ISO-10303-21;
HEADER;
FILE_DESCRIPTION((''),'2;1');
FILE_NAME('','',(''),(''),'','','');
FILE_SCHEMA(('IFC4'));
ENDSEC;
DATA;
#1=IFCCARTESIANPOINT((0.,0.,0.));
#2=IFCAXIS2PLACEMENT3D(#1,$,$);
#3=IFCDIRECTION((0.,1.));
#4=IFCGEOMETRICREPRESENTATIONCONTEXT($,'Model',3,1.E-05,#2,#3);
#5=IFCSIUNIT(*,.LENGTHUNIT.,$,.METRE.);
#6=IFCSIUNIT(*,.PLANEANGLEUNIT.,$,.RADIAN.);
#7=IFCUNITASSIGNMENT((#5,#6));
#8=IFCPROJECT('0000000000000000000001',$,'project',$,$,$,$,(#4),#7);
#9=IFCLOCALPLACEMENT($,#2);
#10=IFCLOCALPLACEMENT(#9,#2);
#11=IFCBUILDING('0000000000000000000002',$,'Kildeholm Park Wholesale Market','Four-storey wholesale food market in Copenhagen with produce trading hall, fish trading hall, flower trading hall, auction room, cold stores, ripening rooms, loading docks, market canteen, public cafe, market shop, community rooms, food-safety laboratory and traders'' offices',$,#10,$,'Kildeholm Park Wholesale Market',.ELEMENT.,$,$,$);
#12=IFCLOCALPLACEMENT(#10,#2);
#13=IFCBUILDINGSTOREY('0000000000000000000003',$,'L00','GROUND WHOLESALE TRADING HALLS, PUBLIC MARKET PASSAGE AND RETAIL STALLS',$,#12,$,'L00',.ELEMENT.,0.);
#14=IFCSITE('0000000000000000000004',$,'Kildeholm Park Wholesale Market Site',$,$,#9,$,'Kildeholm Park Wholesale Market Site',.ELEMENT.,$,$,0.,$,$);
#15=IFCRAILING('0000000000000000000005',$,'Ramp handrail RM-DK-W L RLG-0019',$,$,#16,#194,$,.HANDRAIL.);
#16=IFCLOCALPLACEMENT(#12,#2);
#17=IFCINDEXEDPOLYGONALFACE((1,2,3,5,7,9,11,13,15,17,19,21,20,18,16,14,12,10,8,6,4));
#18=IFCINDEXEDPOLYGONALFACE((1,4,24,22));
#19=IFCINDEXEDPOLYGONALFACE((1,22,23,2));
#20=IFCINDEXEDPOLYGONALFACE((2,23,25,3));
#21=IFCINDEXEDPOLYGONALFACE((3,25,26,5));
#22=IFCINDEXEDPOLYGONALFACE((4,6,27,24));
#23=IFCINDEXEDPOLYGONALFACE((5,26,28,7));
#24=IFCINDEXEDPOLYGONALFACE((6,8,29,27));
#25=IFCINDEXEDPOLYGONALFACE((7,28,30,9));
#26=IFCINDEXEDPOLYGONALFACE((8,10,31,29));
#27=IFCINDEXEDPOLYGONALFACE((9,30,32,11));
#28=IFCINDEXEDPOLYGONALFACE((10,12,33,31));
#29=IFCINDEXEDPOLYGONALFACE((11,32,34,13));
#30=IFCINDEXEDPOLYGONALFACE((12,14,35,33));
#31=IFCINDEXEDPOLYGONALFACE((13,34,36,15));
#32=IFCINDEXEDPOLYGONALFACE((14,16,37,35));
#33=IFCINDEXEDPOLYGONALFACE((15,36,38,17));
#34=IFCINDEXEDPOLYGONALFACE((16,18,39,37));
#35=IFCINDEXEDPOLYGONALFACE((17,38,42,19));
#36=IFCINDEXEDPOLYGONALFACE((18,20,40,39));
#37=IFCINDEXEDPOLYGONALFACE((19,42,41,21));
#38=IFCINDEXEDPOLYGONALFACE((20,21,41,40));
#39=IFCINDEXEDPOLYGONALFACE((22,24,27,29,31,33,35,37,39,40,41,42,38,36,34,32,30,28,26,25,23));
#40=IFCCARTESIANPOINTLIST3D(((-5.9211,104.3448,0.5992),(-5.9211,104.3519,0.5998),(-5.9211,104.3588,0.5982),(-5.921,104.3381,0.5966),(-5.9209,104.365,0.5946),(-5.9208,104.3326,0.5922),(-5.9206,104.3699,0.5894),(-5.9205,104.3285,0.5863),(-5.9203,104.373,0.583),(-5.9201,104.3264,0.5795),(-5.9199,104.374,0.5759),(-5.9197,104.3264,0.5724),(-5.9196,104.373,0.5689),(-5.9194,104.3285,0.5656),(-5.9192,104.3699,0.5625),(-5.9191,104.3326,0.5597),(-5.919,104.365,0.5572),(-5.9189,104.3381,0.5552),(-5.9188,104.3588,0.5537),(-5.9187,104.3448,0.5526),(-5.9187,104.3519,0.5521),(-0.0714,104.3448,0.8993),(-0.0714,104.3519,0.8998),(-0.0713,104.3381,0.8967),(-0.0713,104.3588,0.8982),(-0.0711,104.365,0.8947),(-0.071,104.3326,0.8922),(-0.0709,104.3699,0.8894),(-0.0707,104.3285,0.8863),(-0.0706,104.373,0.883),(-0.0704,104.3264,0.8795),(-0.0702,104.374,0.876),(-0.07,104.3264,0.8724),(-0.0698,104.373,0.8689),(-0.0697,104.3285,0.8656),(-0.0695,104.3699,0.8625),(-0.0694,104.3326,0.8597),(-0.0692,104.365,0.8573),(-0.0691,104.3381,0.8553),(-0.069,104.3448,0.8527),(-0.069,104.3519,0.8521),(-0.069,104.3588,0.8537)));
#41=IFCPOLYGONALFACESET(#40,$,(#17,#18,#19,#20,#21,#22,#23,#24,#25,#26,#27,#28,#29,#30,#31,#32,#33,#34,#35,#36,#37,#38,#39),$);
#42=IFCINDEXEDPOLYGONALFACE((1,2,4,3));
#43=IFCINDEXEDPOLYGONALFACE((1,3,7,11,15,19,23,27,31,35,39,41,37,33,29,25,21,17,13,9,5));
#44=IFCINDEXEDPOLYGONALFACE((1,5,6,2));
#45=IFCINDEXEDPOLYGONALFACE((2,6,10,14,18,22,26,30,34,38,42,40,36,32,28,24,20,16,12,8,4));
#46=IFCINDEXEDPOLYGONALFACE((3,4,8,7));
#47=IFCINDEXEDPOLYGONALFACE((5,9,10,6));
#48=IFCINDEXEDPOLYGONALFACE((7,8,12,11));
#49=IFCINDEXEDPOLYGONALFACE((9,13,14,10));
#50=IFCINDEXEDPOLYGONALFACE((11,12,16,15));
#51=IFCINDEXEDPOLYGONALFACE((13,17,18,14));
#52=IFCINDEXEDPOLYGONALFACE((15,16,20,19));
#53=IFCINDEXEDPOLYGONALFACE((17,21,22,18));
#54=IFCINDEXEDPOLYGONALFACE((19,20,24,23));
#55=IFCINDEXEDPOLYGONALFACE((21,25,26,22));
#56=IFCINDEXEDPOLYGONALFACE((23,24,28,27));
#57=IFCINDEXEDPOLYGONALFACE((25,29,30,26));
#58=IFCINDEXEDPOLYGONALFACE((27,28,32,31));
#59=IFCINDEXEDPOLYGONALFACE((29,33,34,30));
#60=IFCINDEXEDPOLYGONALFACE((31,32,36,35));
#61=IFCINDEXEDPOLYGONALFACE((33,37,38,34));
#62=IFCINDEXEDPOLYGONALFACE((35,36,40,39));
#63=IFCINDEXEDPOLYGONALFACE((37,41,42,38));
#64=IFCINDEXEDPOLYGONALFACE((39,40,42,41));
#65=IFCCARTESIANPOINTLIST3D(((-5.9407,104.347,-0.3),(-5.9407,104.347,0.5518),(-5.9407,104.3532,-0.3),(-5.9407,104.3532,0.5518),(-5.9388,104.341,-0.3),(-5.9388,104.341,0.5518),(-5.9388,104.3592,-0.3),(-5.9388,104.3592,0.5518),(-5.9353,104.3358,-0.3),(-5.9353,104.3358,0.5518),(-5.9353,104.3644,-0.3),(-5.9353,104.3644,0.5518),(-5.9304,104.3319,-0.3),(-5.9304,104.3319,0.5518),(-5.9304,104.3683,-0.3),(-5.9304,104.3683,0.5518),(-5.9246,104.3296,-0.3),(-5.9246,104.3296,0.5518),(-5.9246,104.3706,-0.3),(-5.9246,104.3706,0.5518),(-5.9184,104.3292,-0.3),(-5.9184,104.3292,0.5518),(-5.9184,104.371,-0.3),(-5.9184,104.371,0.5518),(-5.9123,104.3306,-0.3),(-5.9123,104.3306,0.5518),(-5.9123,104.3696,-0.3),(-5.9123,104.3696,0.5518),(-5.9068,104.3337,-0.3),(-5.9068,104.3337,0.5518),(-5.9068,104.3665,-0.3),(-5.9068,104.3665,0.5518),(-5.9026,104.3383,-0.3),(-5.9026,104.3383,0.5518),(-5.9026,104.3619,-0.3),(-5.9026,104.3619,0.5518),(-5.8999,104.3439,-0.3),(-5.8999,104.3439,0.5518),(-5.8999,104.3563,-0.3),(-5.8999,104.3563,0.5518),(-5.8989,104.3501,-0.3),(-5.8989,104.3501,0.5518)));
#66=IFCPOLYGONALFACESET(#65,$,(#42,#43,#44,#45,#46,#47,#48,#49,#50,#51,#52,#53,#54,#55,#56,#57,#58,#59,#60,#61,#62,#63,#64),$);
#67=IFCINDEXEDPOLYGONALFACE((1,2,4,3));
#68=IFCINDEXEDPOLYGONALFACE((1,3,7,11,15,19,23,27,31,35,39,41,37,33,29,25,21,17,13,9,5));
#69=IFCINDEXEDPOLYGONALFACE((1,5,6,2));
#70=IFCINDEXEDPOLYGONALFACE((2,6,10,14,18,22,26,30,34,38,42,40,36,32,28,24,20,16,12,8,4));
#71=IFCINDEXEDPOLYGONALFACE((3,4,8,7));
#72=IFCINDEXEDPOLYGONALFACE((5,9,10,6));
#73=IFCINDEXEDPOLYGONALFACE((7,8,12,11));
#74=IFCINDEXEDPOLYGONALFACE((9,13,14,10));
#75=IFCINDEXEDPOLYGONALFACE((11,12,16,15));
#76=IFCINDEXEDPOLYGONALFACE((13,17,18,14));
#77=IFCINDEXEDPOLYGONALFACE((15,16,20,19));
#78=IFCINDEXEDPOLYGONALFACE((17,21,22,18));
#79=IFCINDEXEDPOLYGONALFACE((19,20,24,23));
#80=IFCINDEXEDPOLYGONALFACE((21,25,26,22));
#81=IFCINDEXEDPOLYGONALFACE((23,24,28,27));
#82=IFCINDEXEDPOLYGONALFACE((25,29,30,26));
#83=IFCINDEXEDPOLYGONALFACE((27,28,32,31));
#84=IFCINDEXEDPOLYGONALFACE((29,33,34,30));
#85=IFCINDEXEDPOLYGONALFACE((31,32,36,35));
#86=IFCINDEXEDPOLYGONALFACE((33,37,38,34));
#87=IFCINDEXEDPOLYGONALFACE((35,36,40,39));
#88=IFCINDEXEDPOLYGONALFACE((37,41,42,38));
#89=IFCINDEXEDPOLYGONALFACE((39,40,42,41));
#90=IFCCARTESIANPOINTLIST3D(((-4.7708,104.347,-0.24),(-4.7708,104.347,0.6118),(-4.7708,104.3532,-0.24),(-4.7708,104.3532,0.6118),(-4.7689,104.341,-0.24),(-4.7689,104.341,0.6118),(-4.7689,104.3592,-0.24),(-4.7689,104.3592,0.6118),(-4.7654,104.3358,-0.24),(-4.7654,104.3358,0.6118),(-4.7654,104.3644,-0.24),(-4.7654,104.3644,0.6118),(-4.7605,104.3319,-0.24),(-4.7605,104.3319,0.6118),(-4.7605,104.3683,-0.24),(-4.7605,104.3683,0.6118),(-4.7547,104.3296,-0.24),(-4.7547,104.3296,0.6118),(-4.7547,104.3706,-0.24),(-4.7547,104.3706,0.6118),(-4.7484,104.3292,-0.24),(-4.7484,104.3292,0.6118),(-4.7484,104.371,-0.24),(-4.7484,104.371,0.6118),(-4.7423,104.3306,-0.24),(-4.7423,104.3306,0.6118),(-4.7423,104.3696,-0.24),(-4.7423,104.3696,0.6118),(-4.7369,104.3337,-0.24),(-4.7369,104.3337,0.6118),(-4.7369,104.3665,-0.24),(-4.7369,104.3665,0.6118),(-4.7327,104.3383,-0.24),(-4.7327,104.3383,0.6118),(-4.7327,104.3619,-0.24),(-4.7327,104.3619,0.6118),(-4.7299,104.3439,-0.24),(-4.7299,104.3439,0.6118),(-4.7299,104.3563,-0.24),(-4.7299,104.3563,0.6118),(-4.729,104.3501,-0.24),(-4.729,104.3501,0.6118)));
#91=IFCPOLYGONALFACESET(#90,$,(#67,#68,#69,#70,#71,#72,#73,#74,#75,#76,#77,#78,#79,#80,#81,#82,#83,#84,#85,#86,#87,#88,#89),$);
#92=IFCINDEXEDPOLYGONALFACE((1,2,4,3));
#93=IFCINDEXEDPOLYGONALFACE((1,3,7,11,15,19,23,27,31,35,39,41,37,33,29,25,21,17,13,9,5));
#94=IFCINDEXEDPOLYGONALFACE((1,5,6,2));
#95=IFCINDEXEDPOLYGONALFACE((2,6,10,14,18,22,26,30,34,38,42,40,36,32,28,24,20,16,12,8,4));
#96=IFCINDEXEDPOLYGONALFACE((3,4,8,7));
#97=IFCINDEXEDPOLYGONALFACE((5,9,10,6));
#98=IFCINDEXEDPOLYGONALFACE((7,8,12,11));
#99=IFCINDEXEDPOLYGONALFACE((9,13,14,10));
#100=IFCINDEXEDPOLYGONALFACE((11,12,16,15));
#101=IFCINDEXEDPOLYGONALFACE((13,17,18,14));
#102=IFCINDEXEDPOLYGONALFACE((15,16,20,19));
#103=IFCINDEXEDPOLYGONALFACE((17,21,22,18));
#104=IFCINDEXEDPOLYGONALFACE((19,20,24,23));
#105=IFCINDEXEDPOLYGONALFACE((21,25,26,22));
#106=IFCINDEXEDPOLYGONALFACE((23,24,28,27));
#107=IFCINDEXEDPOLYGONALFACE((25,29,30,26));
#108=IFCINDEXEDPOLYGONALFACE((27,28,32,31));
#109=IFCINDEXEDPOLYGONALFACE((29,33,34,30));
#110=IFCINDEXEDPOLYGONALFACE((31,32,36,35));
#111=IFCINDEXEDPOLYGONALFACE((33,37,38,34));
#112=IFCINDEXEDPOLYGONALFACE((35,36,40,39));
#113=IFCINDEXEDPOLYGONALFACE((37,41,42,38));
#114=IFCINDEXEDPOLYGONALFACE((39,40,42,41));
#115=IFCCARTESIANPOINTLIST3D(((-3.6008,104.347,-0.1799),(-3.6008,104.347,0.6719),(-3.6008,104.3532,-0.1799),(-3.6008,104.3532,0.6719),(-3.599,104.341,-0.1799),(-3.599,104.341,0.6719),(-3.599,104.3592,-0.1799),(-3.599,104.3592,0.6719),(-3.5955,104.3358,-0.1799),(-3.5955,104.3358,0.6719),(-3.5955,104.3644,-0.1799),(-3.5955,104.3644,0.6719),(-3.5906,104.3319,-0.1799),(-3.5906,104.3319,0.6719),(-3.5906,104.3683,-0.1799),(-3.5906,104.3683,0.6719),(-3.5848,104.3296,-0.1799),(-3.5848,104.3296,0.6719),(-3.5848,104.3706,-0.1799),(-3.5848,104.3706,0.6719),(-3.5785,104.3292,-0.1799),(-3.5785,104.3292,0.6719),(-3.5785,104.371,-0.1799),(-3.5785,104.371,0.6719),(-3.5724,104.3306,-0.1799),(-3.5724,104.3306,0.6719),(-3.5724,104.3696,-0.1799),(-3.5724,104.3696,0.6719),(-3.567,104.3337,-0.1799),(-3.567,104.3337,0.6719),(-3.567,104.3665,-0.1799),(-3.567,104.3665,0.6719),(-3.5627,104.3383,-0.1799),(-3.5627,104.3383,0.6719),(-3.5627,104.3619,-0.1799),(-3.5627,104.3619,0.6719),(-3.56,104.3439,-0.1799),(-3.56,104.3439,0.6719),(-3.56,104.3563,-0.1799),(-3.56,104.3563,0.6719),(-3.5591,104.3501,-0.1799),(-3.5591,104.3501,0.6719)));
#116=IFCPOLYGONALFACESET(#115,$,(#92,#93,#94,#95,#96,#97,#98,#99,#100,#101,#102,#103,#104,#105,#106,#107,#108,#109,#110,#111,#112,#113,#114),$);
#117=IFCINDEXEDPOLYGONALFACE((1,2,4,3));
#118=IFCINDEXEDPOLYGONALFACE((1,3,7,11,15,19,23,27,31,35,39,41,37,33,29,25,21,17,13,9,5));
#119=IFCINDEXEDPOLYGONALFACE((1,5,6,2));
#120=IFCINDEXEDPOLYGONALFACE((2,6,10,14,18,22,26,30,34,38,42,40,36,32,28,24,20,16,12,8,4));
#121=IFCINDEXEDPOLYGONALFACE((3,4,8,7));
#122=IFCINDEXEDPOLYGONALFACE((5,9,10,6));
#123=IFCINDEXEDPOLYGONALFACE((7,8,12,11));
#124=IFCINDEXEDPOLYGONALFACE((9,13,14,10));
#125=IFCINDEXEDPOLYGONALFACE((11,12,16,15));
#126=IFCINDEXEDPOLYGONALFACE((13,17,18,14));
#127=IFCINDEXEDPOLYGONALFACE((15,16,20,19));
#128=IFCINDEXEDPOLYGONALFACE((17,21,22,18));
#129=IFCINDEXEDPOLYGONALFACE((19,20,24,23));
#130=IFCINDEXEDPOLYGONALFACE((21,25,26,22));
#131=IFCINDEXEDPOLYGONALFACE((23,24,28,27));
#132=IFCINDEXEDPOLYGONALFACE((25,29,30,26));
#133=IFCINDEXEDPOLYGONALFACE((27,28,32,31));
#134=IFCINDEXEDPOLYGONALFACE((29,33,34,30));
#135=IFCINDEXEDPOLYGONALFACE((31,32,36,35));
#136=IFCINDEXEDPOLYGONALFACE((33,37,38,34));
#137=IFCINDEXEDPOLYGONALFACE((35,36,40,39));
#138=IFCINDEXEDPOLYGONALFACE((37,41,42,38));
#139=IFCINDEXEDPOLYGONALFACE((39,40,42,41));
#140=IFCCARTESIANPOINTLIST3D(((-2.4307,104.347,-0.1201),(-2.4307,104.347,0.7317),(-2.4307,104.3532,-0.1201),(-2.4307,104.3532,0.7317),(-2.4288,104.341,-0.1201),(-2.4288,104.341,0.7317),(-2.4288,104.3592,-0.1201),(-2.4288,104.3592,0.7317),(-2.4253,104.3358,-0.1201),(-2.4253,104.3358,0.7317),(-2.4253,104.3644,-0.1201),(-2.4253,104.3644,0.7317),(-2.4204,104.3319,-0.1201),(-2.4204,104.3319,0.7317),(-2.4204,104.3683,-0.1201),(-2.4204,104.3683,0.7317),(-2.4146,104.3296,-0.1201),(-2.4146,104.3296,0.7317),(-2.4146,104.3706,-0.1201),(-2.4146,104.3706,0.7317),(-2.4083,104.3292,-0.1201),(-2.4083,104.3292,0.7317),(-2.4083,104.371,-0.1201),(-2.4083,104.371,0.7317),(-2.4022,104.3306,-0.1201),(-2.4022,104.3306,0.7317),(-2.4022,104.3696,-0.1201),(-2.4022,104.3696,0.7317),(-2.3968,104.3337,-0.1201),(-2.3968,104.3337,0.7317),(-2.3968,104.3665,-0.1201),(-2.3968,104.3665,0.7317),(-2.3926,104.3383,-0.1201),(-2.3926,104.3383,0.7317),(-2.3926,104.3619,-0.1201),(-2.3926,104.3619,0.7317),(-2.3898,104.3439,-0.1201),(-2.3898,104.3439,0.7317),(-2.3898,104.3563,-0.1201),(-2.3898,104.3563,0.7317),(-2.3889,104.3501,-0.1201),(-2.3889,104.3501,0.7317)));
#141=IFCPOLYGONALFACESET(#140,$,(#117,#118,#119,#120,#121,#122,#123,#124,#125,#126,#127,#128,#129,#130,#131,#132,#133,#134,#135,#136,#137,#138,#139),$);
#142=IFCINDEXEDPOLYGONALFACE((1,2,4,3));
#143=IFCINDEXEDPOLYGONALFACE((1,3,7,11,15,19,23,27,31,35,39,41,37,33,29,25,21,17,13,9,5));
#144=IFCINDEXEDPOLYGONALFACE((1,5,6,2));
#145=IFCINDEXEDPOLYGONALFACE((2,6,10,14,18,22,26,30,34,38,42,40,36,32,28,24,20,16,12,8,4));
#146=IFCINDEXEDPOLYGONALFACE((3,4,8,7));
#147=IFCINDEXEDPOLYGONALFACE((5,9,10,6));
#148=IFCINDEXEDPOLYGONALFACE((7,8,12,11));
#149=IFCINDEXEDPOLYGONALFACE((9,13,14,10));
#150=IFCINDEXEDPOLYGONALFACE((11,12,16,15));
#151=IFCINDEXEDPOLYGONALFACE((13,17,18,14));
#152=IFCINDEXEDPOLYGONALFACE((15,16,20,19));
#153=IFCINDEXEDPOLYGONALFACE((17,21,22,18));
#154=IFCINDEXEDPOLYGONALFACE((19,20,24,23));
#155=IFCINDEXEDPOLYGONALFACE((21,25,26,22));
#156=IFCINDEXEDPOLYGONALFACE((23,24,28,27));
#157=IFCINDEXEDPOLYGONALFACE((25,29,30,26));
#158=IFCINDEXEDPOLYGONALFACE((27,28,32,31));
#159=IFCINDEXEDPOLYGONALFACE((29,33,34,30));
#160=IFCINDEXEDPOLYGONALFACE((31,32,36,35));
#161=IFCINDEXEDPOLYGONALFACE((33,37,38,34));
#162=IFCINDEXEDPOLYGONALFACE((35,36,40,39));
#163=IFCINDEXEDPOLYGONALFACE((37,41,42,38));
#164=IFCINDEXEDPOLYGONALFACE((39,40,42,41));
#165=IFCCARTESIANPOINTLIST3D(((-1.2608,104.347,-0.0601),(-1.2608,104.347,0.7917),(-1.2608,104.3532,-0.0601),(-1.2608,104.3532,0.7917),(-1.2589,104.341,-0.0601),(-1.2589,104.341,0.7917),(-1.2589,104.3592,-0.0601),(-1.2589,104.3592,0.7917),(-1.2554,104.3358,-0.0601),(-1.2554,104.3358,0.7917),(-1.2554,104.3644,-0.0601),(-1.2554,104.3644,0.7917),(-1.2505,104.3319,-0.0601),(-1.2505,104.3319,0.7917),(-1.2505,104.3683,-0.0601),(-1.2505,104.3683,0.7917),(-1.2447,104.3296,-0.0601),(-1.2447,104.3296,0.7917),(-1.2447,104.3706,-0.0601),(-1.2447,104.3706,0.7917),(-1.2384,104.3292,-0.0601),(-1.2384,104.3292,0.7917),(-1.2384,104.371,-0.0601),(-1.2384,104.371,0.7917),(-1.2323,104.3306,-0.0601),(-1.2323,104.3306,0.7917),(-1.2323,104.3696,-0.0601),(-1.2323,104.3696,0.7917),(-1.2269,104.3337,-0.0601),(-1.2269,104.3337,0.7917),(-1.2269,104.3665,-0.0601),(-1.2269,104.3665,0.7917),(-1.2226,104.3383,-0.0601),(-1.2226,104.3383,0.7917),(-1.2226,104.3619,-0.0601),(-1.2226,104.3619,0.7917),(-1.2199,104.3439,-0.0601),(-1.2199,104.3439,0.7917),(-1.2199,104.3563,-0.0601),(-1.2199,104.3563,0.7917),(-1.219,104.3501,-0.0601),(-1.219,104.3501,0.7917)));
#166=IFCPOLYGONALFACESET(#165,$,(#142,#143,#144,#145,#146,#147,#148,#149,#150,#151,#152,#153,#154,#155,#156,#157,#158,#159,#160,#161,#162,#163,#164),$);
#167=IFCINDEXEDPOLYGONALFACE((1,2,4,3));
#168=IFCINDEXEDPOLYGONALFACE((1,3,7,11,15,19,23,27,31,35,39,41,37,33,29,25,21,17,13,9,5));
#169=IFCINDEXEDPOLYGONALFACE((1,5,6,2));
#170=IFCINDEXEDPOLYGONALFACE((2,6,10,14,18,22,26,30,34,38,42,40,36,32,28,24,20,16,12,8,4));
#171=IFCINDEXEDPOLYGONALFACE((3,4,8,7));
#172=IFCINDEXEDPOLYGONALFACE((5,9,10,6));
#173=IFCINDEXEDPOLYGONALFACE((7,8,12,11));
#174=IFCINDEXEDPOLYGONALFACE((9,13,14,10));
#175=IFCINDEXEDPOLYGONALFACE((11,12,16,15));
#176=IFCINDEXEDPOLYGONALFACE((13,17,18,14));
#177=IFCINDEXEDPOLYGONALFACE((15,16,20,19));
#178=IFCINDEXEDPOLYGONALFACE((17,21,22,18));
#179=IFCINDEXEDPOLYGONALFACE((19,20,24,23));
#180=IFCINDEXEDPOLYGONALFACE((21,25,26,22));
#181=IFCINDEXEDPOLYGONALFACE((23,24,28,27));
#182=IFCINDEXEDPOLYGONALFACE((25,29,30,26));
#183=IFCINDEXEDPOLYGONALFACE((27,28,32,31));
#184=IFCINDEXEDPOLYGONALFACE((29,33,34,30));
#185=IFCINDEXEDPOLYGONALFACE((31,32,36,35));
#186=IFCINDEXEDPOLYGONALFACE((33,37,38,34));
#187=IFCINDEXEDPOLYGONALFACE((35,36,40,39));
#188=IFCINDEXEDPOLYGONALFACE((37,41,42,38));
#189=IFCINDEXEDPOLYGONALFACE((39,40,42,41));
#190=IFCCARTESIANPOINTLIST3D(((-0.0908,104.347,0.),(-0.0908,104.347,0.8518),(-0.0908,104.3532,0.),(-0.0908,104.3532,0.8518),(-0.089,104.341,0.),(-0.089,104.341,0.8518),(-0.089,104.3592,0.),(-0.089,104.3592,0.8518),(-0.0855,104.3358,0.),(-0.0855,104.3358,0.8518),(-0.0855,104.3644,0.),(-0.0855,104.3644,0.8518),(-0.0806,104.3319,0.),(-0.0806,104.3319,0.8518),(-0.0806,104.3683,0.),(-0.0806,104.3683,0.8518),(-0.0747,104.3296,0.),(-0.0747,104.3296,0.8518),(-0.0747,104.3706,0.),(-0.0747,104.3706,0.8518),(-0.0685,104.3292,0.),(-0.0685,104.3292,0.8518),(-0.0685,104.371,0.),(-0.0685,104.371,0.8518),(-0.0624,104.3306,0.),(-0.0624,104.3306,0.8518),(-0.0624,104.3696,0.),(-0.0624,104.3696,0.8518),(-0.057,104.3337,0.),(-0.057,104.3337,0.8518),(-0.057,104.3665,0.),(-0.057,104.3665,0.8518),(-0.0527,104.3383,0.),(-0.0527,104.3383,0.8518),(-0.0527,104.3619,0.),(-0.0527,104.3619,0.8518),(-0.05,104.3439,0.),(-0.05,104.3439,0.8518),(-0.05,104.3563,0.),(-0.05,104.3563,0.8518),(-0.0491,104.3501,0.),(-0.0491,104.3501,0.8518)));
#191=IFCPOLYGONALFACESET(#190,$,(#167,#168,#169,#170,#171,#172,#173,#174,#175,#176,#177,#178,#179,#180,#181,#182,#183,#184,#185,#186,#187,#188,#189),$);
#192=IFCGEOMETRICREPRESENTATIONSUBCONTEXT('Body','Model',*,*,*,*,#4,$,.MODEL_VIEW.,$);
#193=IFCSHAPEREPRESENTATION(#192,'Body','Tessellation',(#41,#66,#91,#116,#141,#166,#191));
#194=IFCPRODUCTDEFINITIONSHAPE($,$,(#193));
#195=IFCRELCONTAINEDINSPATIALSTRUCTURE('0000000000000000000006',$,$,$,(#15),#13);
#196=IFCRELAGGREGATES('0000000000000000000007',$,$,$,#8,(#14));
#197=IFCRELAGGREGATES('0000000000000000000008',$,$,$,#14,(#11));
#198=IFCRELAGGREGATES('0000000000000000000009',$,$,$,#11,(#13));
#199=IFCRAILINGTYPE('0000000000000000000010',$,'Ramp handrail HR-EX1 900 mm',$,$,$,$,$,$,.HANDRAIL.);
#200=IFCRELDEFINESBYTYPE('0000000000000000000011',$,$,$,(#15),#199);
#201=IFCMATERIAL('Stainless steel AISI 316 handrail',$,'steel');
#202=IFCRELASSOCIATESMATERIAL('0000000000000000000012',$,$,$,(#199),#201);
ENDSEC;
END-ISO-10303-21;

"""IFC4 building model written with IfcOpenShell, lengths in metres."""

from ifc_helpers import new_model, si_unit, direction, frame, origin, origin_2d, place, context, subcontext, project, spatial, circle, extrude, material, type_object, element, save


model = new_model("IFC4")

# Units and contexts
model_context = context("Model", 3, precision=1e-05, world=origin(), true_north=direction((0.0, 1.0)))
body_context = subcontext(model_context, "Body", "Model", "MODEL_VIEW")
ifc_project = project(units=[si_unit("LENGTHUNIT", "METRE"), si_unit("PLANEANGLEUNIT", "RADIAN")], contexts=[model_context])

# Site, building, storey
site_placement = place(None, origin())
site = spatial("IfcSite", under=ifc_project, at=site_placement, Name="Kildeholm Park Wholesale Market Site", LongName="Kildeholm Park Wholesale Market Site", CompositionType="ELEMENT", RefElevation=0.0)
building_placement = place(site_placement, origin())
building = spatial("IfcBuilding", under=site, at=building_placement, Name="Kildeholm Park Wholesale Market", Description="Four-storey wholesale food market in Copenhagen with produce trading hall, fish trading hall, flower trading hall, auction room, cold stores, ripening rooms, loading docks, market canteen, public cafe, market shop, community rooms, food-safety laboratory and traders' offices", LongName="Kildeholm Park Wholesale Market", CompositionType="ELEMENT")
storey_placement = place(building_placement, origin())
storey = spatial("IfcBuildingStorey", under=building, at=storey_placement, Name="L00", Description="GROUND WHOLESALE TRADING HALLS, PUBLIC MARKET PASSAGE AND RETAIL STALLS", LongName="L00", CompositionType="ELEMENT", Elevation=0.0)

# Railing
ifc_material_1 = material(Name="Stainless steel AISI 316 handrail", Category="steel")
railing_type = type_object("IfcRailingType", Name="Ramp handrail HR-EX1 900 mm", PredefinedType="HANDRAIL", material=ifc_material_1)
for number, where, name in (
    (1, (-5.9199, 104.3501, -0.3), "Ramp handrail RM-DK-W L RLG-0019"),
):
    element("IfcRailing", number, at=place(storey_placement, frame(where)), inside=storey, type_object=railing_type, Name=name, PredefinedType="HANDRAIL", context=body_context, shape_type="SweptSolid", body=[
        extrude(circle(Radius=0.0239, at=origin_2d()), frame((0.0, 0.0, 0.876), z_axis=(0.998687, 0.0, 0.051224), x_axis=(0.0, 1.0, 0.0)), (0.0, 0.0, 1.0), 5.8574),
        extrude(circle(Radius=0.021, at=origin_2d()), origin(), (0.0, 0.0, 1.0), 0.8518),
        extrude(circle(Radius=0.021, at=origin_2d()), frame((1.1699, 0.0, 0.0601)), (0.0, 0.0, 1.0), 0.8518),
        extrude(circle(Radius=0.021, at=origin_2d()), frame((2.3398, 0.0, 0.1201)), (0.0, 0.0, 1.0), 0.8518),
        extrude(circle(Radius=0.021, at=origin_2d()), frame((3.51, 0.0, 0.1799)), (0.0, 0.0, 1.0), 0.8518),
        extrude(circle(Radius=0.021, at=origin_2d()), frame((4.6799, 0.0, 0.24)), (0.0, 0.0, 1.0), 0.8518),
        extrude(circle(Radius=0.021, at=origin_2d()), frame((5.8499, 0.0, 0.3)), (0.0, 0.0, 1.0), 0.8518),
    ])

save(model, "model.ifc")
